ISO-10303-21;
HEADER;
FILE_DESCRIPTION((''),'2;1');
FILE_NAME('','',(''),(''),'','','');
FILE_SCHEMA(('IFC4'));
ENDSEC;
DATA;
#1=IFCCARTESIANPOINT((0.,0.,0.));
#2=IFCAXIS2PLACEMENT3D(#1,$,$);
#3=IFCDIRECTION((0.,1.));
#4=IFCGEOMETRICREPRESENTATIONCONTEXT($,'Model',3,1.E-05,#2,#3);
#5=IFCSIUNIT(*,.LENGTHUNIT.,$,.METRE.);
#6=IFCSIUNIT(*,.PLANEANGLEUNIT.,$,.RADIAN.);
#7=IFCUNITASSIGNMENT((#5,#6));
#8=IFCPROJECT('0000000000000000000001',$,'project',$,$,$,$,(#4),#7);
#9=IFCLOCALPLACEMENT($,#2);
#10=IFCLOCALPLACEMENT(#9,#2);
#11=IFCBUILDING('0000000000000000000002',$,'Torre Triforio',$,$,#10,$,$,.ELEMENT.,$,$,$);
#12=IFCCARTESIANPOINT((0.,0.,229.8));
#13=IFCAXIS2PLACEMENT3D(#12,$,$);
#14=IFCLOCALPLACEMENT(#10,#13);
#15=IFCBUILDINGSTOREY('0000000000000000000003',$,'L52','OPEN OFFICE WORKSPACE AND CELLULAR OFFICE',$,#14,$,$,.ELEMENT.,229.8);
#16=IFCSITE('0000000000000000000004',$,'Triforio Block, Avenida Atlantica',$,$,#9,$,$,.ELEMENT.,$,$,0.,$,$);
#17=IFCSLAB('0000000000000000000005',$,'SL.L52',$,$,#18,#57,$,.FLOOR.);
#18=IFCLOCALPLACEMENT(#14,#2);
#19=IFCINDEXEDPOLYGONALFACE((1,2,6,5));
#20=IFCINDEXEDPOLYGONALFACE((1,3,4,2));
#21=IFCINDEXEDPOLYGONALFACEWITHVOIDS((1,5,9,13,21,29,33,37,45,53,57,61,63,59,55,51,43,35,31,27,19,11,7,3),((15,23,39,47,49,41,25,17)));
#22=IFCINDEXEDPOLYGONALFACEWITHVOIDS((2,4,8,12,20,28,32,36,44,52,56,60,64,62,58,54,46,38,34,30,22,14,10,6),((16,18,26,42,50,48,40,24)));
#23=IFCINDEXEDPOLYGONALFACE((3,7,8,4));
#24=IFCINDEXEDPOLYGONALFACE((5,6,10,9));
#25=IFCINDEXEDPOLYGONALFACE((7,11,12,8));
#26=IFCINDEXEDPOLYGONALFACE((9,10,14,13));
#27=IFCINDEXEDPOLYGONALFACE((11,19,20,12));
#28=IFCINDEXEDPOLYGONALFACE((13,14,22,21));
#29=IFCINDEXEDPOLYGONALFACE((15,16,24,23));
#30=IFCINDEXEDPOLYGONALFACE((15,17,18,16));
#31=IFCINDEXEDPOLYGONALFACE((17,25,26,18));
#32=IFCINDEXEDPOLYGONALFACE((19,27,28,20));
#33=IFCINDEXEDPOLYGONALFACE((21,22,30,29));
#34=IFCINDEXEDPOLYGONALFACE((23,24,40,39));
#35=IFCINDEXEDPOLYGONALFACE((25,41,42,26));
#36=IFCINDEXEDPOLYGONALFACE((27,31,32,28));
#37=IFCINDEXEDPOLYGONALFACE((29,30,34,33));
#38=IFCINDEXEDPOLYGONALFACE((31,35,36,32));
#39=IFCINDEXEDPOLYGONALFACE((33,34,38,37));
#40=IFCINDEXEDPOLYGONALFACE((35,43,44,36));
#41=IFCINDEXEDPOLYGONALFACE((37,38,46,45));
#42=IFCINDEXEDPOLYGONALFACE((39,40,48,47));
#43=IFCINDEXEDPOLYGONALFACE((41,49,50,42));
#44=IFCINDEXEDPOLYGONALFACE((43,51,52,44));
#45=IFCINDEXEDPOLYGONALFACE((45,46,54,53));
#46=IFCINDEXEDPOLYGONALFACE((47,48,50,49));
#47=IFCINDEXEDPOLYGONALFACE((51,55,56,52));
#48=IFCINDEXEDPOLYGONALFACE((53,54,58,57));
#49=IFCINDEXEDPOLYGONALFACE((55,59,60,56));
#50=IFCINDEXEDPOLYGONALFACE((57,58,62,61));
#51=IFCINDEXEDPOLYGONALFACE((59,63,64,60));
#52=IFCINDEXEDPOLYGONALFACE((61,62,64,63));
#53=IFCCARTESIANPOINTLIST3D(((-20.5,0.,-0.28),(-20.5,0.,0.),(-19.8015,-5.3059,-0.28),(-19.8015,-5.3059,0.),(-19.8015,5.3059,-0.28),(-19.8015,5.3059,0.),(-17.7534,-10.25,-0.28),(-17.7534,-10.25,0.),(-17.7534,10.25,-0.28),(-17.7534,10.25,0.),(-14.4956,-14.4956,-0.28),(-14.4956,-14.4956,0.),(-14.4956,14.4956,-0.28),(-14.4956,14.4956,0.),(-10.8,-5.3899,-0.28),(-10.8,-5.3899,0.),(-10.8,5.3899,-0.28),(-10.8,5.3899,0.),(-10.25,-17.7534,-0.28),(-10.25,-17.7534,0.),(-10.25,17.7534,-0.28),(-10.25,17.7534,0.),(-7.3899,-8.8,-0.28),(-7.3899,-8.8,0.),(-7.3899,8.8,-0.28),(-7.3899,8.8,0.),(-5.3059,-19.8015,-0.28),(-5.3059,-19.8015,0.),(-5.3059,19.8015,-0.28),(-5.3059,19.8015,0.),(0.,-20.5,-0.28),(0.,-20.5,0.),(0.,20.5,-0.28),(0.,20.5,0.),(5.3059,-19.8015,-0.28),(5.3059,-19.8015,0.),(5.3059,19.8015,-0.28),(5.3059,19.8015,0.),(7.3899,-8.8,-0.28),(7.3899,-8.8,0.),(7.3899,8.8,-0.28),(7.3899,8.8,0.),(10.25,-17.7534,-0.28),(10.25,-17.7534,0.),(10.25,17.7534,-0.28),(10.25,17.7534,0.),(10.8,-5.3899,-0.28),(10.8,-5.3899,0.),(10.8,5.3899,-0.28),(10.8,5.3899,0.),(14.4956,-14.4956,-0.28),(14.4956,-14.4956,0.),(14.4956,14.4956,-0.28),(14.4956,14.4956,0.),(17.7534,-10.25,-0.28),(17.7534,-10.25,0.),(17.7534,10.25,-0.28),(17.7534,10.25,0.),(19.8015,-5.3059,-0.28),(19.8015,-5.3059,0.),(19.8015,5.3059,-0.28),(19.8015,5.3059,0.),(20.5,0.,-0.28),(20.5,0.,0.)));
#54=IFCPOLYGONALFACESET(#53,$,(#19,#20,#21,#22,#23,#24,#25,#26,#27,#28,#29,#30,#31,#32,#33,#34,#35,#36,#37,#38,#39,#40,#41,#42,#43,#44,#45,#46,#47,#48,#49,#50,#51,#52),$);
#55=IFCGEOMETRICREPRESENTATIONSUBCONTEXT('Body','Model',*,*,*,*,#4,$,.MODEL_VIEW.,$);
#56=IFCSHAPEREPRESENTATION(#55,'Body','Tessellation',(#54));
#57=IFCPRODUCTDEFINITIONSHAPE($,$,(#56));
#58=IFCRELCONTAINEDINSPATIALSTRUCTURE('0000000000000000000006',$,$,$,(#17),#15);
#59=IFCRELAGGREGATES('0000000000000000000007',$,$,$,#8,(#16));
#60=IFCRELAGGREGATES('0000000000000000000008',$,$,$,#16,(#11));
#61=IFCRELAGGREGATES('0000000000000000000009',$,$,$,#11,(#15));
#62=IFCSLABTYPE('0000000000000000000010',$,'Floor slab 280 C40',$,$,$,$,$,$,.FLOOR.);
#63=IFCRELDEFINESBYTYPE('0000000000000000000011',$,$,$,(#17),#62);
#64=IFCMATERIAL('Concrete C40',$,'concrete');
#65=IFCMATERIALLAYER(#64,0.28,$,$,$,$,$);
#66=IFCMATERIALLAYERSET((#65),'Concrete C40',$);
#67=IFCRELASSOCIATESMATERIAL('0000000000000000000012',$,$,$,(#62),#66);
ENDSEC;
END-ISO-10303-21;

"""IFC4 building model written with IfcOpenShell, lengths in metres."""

from ifc_helpers import new_model, si_unit, direction, frame, origin, place, context, subcontext, project, spatial, polyline, outline, extrude, material, layer, layer_set, type_object, element, save


model = new_model("IFC4")

# Units and contexts
model_context = context("Model", 3, precision=1e-05, world=origin(), true_north=direction((0.0, 1.0)))
body_context = subcontext(model_context, "Body", "Model", "MODEL_VIEW")
ifc_project = project(units=[si_unit("LENGTHUNIT", "METRE"), si_unit("PLANEANGLEUNIT", "RADIAN")], contexts=[model_context])

# Site, building, storey
site_placement = place(None, origin())
site = spatial("IfcSite", under=ifc_project, at=site_placement, Name="Triforio Block, Avenida Atlantica", CompositionType="ELEMENT", RefElevation=0.0)
building_placement = place(site_placement, origin())
building = spatial("IfcBuilding", under=site, at=building_placement, Name="Torre Triforio", CompositionType="ELEMENT")
storey_placement = place(building_placement, frame((0.0, 0.0, 229.8)))
storey = spatial("IfcBuildingStorey", under=building, at=storey_placement, Name="L52", Description="OPEN OFFICE WORKSPACE AND CELLULAR OFFICE", CompositionType="ELEMENT", Elevation=229.8)

# Slab
ifc_material_1 = material(Name="Concrete C40", Category="concrete")
ifc_layer_1 = layer(ifc_material_1, 0.28)
ifc_layer_set_1 = layer_set([ifc_layer_1], Name="Concrete C40")
slab_type_1 = type_object("IfcSlabType", Name="Floor slab 280 C40", PredefinedType="FLOOR", material=ifc_layer_set_1)
slab_1_placement = place(storey_placement, frame((0.0, 0.0, -0.28)))
element("IfcSlab", 1, at=slab_1_placement, inside=storey, type_object=slab_type_1, Name="SL.L52", PredefinedType="FLOOR", context=body_context, shape_type="SweptSolid", body=[
    extrude(outline(polyline([(17.7534, -10.25), (19.8015, -5.3059), (20.5, 0.0), (19.8015, 5.3059), (17.7534, 10.25), (14.4956, 14.4956), (10.25, 17.7534), (5.3059, 19.8015), (0.0, 20.5), (-5.3059, 19.8015), (-10.25, 17.7534), (-14.4956, 14.4956), (-17.7534, 10.25), (-19.8015, 5.3059), (-20.5, 0.0), (-19.8015, -5.3059), (-17.7534, -10.25), (-14.4956, -14.4956), (-10.25, -17.7534), (-5.3059, -19.8015), (0.0, -20.5), (5.3059, -19.8015), (10.25, -17.7534), (14.4956, -14.4956), (17.7534, -10.25)]), holes=[polyline([(10.8, 5.3899), (10.8, -5.3899), (7.3899, -8.8), (-7.3899, -8.8), (-10.8, -5.3899), (-10.8, 5.3899), (-7.3899, 8.8), (7.3899, 8.8), (10.8, 5.3899)])]), origin(), (0.0, 0.0, 1.0), 0.28),
])

save(model, "model.ifc")
